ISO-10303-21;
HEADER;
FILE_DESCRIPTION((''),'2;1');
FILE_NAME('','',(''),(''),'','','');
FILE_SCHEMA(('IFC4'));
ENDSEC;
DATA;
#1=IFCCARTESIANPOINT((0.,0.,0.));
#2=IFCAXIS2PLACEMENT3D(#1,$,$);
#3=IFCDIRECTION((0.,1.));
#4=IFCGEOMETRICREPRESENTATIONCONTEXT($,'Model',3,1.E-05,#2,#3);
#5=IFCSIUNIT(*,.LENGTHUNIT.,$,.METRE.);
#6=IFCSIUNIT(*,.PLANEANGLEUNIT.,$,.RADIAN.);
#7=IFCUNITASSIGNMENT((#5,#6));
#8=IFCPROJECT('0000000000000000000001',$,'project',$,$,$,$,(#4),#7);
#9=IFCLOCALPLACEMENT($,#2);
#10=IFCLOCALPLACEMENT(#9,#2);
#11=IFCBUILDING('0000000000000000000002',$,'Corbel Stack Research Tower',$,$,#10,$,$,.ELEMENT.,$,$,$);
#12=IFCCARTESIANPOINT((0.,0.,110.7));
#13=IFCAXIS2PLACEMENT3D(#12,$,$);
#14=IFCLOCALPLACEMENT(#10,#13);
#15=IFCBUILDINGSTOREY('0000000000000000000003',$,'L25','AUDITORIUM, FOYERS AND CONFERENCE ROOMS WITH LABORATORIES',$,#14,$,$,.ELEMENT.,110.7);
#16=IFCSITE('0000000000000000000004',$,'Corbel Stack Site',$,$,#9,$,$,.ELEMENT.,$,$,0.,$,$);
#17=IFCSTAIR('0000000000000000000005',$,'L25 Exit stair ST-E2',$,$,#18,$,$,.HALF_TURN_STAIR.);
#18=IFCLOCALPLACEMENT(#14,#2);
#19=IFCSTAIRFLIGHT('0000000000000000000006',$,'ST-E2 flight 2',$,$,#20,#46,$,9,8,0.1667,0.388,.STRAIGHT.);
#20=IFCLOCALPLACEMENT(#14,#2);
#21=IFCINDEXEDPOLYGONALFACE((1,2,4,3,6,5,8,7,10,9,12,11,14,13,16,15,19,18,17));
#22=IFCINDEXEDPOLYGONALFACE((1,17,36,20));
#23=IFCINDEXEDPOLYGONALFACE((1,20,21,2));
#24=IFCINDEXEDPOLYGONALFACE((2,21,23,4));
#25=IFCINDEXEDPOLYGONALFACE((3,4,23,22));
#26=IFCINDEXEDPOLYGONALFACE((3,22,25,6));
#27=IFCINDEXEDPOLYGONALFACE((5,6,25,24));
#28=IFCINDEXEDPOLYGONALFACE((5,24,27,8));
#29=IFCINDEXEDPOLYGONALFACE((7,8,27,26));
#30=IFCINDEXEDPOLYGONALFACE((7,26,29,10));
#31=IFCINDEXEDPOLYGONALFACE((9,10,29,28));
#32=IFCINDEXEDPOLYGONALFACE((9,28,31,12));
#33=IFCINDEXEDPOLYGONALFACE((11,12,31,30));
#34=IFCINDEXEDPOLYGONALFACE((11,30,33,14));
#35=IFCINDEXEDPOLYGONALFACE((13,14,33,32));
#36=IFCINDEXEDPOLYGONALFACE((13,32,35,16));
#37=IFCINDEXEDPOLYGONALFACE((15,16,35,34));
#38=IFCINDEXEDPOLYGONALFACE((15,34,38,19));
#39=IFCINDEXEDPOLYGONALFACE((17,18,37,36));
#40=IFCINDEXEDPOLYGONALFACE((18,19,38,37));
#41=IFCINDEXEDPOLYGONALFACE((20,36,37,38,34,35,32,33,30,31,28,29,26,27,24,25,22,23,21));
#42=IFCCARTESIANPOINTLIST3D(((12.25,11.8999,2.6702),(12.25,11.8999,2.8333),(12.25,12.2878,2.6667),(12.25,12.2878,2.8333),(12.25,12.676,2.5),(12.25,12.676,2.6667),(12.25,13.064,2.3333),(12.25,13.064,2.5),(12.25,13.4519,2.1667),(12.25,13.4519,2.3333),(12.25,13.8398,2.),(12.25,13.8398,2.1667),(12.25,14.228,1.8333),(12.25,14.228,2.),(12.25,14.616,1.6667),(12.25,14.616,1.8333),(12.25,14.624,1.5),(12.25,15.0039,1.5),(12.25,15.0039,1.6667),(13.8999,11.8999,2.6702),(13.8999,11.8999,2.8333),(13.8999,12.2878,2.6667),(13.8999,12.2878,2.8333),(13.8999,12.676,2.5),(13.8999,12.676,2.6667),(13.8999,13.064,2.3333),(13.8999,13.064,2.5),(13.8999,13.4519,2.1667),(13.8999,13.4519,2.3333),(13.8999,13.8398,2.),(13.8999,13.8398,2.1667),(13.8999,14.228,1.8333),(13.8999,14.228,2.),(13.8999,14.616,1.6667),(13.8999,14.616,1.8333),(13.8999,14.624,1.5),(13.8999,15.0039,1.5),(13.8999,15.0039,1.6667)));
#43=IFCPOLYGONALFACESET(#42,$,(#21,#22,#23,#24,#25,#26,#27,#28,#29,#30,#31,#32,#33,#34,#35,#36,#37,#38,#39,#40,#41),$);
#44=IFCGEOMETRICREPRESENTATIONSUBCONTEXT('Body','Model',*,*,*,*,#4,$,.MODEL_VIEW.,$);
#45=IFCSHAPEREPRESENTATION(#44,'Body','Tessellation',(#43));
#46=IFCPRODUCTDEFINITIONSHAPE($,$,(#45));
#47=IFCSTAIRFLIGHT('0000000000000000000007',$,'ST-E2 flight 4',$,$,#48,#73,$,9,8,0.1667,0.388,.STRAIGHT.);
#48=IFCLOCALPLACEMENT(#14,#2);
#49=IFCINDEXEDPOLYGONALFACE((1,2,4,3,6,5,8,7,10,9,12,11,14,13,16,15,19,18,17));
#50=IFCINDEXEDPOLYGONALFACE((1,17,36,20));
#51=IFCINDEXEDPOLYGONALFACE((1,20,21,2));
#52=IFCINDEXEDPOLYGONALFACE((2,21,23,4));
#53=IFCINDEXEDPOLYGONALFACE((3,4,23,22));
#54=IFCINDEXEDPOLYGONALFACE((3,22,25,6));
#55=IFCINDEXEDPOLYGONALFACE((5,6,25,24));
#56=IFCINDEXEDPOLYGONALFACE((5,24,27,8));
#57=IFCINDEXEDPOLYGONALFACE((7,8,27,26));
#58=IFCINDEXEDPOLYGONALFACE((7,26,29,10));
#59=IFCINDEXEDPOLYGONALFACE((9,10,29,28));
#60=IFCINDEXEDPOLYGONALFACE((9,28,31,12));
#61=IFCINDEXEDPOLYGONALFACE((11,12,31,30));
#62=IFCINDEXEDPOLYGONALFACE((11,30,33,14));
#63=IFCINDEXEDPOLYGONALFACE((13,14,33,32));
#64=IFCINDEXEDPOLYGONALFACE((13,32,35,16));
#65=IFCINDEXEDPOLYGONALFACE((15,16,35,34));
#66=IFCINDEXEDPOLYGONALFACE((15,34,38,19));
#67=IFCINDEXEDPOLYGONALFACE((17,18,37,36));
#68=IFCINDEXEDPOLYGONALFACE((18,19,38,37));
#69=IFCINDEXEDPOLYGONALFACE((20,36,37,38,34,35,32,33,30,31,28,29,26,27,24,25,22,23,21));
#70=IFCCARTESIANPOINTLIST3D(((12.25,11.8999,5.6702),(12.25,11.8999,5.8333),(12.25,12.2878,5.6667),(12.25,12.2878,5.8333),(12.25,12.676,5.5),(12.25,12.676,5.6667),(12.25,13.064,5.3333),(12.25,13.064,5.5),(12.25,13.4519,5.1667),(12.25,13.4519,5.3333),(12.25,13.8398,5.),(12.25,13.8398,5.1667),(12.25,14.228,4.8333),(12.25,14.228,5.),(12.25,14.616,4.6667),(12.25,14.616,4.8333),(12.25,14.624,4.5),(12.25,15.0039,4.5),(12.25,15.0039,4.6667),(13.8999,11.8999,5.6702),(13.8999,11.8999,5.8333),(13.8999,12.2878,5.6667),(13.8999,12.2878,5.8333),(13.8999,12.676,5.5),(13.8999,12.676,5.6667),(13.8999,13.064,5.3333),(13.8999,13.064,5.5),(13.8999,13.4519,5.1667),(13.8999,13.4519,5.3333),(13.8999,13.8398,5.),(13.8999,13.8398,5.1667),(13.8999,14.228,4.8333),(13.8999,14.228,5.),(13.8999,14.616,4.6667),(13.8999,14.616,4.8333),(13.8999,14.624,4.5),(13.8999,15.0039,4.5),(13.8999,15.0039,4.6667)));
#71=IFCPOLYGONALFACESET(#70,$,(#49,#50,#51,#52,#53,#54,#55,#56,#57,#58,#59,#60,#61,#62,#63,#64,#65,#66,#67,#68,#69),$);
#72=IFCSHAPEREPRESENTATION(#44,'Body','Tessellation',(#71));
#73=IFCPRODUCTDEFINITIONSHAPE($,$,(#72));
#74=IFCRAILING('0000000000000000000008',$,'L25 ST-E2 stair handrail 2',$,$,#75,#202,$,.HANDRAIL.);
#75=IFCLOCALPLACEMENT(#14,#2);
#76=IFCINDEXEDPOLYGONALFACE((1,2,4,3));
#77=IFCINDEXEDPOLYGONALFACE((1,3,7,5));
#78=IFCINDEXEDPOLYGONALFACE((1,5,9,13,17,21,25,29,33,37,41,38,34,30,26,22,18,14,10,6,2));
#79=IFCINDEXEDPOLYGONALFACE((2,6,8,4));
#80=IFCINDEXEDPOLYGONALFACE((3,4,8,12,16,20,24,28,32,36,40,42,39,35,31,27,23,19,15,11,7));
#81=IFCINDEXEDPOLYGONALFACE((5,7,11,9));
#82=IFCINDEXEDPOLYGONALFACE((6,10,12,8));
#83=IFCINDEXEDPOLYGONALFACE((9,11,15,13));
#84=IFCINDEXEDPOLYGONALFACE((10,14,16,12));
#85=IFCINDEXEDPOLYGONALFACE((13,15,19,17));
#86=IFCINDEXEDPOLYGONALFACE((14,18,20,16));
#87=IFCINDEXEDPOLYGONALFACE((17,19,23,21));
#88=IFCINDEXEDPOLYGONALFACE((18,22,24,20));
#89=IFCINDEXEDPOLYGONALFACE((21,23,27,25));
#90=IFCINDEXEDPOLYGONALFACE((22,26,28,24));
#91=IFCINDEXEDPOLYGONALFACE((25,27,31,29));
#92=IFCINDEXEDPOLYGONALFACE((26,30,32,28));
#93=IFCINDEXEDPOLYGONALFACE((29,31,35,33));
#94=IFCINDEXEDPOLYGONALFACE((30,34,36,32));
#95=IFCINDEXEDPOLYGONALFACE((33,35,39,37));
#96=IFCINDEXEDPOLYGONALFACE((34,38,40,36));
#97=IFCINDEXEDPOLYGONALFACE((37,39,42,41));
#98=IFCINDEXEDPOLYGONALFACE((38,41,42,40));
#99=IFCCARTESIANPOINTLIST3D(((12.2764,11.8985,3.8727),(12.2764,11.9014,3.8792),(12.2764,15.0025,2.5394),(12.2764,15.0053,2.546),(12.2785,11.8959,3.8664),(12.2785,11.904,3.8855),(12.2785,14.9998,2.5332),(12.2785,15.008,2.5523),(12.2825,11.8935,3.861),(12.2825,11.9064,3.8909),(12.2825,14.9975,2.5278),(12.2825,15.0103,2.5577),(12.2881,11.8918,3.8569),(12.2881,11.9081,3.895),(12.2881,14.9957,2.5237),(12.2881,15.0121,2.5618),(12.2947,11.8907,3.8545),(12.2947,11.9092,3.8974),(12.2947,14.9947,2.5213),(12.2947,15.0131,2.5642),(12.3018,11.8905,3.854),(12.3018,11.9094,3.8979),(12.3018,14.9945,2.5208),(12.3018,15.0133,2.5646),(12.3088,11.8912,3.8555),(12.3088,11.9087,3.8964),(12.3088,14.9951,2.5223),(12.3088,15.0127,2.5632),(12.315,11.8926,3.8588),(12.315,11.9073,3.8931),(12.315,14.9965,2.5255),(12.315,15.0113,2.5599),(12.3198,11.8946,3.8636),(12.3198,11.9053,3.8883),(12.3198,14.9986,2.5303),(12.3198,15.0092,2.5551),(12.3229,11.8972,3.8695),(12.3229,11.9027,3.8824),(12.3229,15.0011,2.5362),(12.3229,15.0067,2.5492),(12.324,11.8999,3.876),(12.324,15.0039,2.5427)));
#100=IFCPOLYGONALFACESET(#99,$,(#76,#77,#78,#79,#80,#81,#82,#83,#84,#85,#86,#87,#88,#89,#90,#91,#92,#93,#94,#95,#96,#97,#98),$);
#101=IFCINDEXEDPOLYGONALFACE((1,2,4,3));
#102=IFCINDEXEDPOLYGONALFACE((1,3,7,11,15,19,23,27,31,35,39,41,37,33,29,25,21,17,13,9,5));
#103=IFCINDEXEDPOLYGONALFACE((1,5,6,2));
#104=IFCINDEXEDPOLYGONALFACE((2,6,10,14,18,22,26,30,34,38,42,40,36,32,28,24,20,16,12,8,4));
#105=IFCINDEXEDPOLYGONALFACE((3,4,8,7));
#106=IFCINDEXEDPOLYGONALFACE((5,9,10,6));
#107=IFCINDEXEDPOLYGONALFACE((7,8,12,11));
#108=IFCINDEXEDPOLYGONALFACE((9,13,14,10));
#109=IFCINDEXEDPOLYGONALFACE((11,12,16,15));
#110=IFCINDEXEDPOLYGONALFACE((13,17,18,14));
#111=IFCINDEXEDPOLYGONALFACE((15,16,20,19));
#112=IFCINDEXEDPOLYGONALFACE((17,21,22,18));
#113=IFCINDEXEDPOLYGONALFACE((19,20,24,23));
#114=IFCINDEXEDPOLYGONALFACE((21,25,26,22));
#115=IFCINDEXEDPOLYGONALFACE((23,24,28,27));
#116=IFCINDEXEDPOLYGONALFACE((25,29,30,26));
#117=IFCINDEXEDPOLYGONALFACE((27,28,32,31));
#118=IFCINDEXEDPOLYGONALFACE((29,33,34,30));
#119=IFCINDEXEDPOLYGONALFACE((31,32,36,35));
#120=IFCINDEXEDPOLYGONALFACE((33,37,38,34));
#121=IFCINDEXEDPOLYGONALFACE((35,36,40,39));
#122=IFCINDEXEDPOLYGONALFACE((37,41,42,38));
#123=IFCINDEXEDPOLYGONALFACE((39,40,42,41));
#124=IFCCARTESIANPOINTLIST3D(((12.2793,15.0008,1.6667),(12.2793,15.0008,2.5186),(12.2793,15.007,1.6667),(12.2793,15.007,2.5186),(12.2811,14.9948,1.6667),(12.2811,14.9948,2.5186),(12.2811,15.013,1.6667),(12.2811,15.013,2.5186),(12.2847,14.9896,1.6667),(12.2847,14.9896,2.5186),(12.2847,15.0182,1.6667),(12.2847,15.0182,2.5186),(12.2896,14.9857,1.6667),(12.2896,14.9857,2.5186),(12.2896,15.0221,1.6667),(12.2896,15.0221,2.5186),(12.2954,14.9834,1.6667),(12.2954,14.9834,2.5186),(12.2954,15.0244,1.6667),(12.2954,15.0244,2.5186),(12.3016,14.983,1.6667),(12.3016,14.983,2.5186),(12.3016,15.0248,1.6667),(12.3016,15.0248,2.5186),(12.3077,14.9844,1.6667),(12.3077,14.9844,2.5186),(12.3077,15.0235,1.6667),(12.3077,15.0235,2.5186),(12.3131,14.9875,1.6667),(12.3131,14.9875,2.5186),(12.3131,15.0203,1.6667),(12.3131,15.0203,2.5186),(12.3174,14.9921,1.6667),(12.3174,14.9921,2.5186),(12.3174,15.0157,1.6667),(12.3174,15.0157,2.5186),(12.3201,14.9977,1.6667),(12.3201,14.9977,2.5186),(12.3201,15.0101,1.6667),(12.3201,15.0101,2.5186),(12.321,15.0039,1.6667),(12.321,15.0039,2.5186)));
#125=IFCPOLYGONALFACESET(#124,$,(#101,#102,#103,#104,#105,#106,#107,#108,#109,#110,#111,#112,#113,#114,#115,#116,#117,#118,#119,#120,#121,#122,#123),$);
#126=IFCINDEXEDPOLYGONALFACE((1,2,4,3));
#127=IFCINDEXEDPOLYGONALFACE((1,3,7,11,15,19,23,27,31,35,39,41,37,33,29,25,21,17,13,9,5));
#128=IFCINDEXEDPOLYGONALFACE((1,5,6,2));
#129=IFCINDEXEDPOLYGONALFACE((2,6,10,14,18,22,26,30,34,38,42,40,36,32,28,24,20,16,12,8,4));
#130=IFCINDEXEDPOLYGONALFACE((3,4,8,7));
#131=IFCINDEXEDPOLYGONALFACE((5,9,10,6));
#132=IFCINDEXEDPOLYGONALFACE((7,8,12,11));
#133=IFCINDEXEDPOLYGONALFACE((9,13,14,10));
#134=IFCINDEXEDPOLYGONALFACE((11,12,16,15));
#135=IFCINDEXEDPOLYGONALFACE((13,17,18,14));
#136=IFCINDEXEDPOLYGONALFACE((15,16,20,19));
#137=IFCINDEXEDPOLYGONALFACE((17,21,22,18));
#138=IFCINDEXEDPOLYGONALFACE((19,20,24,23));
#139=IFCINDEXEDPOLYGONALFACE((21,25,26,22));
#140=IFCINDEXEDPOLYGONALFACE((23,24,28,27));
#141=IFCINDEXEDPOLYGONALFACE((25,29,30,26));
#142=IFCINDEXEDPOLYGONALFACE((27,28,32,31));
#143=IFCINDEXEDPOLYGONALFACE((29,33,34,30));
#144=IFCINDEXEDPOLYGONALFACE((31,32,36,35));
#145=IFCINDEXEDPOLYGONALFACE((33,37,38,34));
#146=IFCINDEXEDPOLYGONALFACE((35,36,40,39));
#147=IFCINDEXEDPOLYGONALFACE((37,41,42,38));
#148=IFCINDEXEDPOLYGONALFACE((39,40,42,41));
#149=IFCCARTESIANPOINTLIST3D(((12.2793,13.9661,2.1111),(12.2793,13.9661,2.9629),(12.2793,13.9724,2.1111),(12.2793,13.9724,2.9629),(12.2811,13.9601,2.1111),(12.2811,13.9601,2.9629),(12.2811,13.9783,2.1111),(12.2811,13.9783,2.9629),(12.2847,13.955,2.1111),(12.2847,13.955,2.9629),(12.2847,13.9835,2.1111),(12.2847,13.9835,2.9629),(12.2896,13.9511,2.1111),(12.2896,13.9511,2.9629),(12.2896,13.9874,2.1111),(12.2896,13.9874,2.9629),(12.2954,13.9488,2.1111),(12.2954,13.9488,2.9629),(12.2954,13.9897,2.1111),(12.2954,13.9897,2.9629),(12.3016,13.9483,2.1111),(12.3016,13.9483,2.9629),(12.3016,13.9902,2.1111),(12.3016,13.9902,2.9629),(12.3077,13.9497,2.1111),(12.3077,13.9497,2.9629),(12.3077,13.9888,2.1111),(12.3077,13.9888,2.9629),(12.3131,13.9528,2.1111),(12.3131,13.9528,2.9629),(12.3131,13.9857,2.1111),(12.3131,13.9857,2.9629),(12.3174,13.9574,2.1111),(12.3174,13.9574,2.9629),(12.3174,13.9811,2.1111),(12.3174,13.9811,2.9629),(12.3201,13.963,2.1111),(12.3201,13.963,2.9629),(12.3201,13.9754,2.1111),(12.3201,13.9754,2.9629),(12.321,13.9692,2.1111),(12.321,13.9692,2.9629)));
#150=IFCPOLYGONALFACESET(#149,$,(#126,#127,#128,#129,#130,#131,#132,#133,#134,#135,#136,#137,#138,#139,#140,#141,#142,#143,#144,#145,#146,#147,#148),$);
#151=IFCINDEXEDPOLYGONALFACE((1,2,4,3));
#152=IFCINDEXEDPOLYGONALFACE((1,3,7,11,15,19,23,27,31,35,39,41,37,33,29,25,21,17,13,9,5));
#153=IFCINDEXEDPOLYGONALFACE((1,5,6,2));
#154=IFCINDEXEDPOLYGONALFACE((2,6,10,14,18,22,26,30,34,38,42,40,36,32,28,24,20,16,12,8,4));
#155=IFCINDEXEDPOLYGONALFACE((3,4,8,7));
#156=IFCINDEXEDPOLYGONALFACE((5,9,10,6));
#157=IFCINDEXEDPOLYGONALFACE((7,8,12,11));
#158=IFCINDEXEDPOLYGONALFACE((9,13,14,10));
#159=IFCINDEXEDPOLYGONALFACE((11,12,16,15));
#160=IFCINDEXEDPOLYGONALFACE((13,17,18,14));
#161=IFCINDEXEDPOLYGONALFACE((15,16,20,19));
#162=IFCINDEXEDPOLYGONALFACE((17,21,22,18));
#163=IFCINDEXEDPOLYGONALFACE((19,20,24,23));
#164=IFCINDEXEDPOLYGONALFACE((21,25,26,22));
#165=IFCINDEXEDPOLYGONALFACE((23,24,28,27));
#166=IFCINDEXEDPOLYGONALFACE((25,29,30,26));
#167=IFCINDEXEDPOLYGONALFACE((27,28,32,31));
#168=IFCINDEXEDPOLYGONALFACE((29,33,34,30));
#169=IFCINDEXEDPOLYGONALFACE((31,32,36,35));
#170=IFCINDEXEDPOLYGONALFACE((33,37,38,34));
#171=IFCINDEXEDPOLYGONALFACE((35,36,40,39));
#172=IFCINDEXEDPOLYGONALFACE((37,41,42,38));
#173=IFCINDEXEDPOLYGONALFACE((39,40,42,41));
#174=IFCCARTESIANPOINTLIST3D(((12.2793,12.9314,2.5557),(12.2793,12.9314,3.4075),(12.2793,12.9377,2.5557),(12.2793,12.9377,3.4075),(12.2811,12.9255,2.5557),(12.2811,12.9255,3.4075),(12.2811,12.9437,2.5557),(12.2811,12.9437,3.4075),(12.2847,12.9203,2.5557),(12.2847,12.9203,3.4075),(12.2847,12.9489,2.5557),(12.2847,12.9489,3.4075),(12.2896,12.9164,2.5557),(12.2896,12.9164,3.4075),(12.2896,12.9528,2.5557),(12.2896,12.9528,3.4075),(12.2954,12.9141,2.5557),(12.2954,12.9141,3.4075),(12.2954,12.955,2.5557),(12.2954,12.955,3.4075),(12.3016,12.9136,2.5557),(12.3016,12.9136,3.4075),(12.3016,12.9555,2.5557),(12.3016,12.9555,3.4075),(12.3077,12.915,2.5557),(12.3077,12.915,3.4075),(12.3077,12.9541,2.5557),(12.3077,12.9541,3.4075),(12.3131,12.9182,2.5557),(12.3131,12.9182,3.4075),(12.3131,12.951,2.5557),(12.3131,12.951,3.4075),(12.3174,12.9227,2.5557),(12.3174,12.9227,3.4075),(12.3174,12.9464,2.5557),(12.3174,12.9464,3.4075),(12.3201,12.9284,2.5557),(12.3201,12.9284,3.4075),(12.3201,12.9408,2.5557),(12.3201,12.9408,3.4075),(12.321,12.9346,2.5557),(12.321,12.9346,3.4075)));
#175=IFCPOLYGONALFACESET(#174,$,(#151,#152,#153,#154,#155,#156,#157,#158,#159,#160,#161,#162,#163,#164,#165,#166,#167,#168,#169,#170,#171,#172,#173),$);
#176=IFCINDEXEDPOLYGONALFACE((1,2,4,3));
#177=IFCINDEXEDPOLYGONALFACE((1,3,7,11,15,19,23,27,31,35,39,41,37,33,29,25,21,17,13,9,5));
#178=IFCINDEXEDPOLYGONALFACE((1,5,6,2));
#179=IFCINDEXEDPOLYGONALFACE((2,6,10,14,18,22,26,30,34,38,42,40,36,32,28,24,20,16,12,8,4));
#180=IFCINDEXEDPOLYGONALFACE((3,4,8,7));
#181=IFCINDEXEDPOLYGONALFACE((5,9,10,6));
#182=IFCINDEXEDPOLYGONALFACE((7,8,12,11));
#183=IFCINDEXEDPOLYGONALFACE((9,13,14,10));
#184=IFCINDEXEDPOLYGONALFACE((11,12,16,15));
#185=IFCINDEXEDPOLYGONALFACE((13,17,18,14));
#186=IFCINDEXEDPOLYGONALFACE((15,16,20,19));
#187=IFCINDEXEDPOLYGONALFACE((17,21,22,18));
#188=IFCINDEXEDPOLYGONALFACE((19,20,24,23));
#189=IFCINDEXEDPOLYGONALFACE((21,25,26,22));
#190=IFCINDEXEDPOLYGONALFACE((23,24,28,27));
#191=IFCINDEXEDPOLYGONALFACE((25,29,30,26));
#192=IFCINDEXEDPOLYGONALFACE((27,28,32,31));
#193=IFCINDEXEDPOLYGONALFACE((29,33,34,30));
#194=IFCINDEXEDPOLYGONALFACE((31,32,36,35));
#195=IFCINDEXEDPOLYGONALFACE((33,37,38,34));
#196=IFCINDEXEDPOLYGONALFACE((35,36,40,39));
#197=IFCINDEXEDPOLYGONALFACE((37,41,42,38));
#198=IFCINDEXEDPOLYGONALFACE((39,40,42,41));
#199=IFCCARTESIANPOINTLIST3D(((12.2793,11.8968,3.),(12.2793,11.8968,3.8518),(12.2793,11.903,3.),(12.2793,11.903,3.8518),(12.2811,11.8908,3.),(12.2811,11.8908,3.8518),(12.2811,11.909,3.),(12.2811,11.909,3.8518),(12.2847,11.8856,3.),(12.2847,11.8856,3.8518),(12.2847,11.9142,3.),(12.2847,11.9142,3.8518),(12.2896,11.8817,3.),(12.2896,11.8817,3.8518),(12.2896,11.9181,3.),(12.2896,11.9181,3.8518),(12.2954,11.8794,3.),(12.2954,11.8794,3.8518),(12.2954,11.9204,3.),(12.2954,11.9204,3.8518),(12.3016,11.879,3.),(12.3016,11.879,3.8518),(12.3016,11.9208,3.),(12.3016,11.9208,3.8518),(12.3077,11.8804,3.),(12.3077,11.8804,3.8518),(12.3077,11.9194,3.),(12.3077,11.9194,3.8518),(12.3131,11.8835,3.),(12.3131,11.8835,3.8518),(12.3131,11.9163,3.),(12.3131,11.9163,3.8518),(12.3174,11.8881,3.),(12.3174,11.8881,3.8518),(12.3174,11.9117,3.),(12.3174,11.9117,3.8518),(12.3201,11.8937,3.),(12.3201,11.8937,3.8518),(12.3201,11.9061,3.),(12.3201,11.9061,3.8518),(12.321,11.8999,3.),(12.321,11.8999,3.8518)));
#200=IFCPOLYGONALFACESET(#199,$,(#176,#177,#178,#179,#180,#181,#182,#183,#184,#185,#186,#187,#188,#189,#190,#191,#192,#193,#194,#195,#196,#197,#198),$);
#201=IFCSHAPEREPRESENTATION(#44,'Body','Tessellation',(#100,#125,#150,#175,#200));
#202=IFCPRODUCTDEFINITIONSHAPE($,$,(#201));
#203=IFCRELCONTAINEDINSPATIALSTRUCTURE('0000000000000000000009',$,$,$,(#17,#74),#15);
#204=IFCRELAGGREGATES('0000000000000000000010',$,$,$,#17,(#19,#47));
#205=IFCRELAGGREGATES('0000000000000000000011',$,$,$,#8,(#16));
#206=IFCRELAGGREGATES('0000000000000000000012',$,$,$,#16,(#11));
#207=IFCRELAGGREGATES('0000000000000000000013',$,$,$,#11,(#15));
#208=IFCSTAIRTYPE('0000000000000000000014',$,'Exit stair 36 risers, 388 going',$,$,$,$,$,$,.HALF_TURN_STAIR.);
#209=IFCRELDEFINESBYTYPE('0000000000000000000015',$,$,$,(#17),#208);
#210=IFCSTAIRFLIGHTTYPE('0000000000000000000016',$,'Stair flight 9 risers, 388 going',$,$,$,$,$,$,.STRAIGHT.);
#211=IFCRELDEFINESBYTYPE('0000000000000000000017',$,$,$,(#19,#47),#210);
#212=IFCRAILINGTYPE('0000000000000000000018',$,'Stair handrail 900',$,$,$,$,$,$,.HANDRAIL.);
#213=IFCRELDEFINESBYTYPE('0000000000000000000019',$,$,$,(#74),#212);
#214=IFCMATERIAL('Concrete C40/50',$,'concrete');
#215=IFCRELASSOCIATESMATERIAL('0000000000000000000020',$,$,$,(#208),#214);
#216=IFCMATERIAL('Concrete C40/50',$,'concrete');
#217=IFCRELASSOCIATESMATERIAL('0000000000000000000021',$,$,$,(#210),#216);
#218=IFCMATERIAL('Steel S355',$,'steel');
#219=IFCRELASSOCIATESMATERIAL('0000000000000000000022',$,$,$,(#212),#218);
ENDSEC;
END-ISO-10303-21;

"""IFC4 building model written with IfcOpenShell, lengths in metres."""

from ifc_helpers import new_model, si_unit, direction, frame, origin, origin_2d, place, context, subcontext, project, spatial, polyline, circle, outline, extrude, material, type_object, element, aggregate, save


model = new_model("IFC4")

# Units and contexts
model_context = context("Model", 3, precision=1e-05, world=origin(), true_north=direction((0.0, 1.0)))
body_context = subcontext(model_context, "Body", "Model", "MODEL_VIEW")
ifc_project = project(units=[si_unit("LENGTHUNIT", "METRE"), si_unit("PLANEANGLEUNIT", "RADIAN")], contexts=[model_context])

# Site, building, storey
site_placement = place(None, origin())
site = spatial("IfcSite", under=ifc_project, at=site_placement, Name="Corbel Stack Site", CompositionType="ELEMENT", RefElevation=0.0)
building_placement = place(site_placement, origin())
building = spatial("IfcBuilding", under=site, at=building_placement, Name="Corbel Stack Research Tower", CompositionType="ELEMENT")
storey_placement = place(building_placement, frame((0.0, 0.0, 110.7)))
storey = spatial("IfcBuildingStorey", under=building, at=storey_placement, Name="L25", Description="AUDITORIUM, FOYERS AND CONFERENCE ROOMS WITH LABORATORIES", CompositionType="ELEMENT", Elevation=110.7)

# Stair, stair flights
ifc_material_1 = material(Name="Concrete C40/50", Category="concrete")
stair_type = type_object("IfcStairType", Name="Exit stair 36 risers, 388 going", PredefinedType="HALF_TURN_STAIR", material=ifc_material_1)
stair_placement = place(storey_placement, origin())
stair = element("IfcStair", 1, at=stair_placement, inside=storey, type_object=stair_type, Name="L25 Exit stair ST-E2", PredefinedType="HALF_TURN_STAIR")
ifc_material_2 = material(Name="Concrete C40/50", Category="concrete")
stair_flight_type = type_object("IfcStairFlightType", Name="Stair flight 9 risers, 388 going", PredefinedType="STRAIGHT", material=ifc_material_2)
stair_flight_1_placement = place(storey_placement, frame((13.075, 15.0039, 1.5), z_axis=(0.0, 0.0, 1.0), x_axis=(0.0, -1.0, 0.0)))
stair_flight_1 = element("IfcStairFlight", 2, at=stair_flight_1_placement, type_object=stair_flight_type, Name="ST-E2 flight 2", NumberOfRisers=9, NumberOfTreads=8, PredefinedType="STRAIGHT", RiserHeight=0.1667, TreadLength=0.388, context=body_context, shape_type="SweptSolid", body=[
    extrude(outline(polyline([(0.0, 0.0), (0.0, 0.1667), (0.3879, 0.1667), (0.3879, 0.3333), (0.7759, 0.3333), (0.7759, 0.5), (1.1641, 0.5), (1.1641, 0.6667), (1.552, 0.6667), (1.552, 0.8333), (1.9399, 0.8333), (1.9399, 1.0), (2.3279, 1.0), (2.3279, 1.1667), (2.7161, 1.1667), (2.7161, 1.3333), (3.104, 1.3333), (3.104, 1.5), (3.104, 1.1702), (0.3799, 0.0), (0.0, 0.0)])), frame((0.0, 0.825, 0.0), z_axis=(0.0, -1.0, 0.0), x_axis=(1.0, 0.0, 0.0)), (0.0, 0.0, 1.0), 1.6499),
])
stair_flight_2_placement = place(storey_placement, frame((13.075, 15.0039, 4.5), z_axis=(0.0, 0.0, 1.0), x_axis=(0.0, -1.0, 0.0)))
stair_flight_2 = element("IfcStairFlight", 3, at=stair_flight_2_placement, type_object=stair_flight_type, Name="ST-E2 flight 4", NumberOfRisers=9, NumberOfTreads=8, PredefinedType="STRAIGHT", RiserHeight=0.1667, TreadLength=0.388, context=body_context, shape_type="SweptSolid", body=[
    extrude(outline(polyline([(0.0, 0.0), (0.0, 0.1667), (0.3879, 0.1667), (0.3879, 0.3333), (0.7759, 0.3333), (0.7759, 0.5), (1.1641, 0.5), (1.1641, 0.6667), (1.552, 0.6667), (1.552, 0.8333), (1.9399, 0.8333), (1.9399, 1.0), (2.3279, 1.0), (2.3279, 1.1667), (2.7161, 1.1667), (2.7161, 1.3333), (3.104, 1.3333), (3.104, 1.5), (3.104, 1.1702), (0.3799, 0.0), (0.0, 0.0)])), frame((0.0, 0.825, 0.0), z_axis=(0.0, -1.0, 0.0), x_axis=(1.0, 0.0, 0.0)), (0.0, 0.0, 1.0), 1.6499),
])
aggregate(stair, [stair_flight_1, stair_flight_2])

# Railing
ifc_material_3 = material(Name="Steel S355", Category="steel")
railing_type = type_object("IfcRailingType", Name="Stair handrail 900", PredefinedType="HANDRAIL", material=ifc_material_3)
for number, where, name in (
    (4, (12.3, 15.0039, 1.6667), "L25 ST-E2 stair handrail 2"),
):
    element("IfcRailing", number, at=place(storey_placement, frame(where)), inside=storey, type_object=railing_type, Name=name, PredefinedType="HANDRAIL", context=body_context, shape_type="SweptSolid", body=[
        extrude(circle(Radius=0.0239, at=origin_2d()), frame((0.0, 0.0, 0.876), z_axis=(0.0, -0.918827, 0.394661), x_axis=(1.0, 0.0, 0.0)), (0.0, 0.0, 1.0), 3.3782),
        extrude(circle(Radius=0.021, at=origin_2d()), origin(), (0.0, 0.0, 1.0), 0.8518),
        extrude(circle(Radius=0.021, at=origin_2d()), frame((0.0, -1.0347, 0.4443)), (0.0, 0.0, 1.0), 0.8518),
        extrude(circle(Radius=0.021, at=origin_2d()), frame((0.0, -2.0693, 0.8889)), (0.0, 0.0, 1.0), 0.8518),
        extrude(circle(Radius=0.021, at=origin_2d()), frame((0.0, -3.104, 1.3333)), (0.0, 0.0, 1.0), 0.8518),
    ])

save(model, "model.ifc")
